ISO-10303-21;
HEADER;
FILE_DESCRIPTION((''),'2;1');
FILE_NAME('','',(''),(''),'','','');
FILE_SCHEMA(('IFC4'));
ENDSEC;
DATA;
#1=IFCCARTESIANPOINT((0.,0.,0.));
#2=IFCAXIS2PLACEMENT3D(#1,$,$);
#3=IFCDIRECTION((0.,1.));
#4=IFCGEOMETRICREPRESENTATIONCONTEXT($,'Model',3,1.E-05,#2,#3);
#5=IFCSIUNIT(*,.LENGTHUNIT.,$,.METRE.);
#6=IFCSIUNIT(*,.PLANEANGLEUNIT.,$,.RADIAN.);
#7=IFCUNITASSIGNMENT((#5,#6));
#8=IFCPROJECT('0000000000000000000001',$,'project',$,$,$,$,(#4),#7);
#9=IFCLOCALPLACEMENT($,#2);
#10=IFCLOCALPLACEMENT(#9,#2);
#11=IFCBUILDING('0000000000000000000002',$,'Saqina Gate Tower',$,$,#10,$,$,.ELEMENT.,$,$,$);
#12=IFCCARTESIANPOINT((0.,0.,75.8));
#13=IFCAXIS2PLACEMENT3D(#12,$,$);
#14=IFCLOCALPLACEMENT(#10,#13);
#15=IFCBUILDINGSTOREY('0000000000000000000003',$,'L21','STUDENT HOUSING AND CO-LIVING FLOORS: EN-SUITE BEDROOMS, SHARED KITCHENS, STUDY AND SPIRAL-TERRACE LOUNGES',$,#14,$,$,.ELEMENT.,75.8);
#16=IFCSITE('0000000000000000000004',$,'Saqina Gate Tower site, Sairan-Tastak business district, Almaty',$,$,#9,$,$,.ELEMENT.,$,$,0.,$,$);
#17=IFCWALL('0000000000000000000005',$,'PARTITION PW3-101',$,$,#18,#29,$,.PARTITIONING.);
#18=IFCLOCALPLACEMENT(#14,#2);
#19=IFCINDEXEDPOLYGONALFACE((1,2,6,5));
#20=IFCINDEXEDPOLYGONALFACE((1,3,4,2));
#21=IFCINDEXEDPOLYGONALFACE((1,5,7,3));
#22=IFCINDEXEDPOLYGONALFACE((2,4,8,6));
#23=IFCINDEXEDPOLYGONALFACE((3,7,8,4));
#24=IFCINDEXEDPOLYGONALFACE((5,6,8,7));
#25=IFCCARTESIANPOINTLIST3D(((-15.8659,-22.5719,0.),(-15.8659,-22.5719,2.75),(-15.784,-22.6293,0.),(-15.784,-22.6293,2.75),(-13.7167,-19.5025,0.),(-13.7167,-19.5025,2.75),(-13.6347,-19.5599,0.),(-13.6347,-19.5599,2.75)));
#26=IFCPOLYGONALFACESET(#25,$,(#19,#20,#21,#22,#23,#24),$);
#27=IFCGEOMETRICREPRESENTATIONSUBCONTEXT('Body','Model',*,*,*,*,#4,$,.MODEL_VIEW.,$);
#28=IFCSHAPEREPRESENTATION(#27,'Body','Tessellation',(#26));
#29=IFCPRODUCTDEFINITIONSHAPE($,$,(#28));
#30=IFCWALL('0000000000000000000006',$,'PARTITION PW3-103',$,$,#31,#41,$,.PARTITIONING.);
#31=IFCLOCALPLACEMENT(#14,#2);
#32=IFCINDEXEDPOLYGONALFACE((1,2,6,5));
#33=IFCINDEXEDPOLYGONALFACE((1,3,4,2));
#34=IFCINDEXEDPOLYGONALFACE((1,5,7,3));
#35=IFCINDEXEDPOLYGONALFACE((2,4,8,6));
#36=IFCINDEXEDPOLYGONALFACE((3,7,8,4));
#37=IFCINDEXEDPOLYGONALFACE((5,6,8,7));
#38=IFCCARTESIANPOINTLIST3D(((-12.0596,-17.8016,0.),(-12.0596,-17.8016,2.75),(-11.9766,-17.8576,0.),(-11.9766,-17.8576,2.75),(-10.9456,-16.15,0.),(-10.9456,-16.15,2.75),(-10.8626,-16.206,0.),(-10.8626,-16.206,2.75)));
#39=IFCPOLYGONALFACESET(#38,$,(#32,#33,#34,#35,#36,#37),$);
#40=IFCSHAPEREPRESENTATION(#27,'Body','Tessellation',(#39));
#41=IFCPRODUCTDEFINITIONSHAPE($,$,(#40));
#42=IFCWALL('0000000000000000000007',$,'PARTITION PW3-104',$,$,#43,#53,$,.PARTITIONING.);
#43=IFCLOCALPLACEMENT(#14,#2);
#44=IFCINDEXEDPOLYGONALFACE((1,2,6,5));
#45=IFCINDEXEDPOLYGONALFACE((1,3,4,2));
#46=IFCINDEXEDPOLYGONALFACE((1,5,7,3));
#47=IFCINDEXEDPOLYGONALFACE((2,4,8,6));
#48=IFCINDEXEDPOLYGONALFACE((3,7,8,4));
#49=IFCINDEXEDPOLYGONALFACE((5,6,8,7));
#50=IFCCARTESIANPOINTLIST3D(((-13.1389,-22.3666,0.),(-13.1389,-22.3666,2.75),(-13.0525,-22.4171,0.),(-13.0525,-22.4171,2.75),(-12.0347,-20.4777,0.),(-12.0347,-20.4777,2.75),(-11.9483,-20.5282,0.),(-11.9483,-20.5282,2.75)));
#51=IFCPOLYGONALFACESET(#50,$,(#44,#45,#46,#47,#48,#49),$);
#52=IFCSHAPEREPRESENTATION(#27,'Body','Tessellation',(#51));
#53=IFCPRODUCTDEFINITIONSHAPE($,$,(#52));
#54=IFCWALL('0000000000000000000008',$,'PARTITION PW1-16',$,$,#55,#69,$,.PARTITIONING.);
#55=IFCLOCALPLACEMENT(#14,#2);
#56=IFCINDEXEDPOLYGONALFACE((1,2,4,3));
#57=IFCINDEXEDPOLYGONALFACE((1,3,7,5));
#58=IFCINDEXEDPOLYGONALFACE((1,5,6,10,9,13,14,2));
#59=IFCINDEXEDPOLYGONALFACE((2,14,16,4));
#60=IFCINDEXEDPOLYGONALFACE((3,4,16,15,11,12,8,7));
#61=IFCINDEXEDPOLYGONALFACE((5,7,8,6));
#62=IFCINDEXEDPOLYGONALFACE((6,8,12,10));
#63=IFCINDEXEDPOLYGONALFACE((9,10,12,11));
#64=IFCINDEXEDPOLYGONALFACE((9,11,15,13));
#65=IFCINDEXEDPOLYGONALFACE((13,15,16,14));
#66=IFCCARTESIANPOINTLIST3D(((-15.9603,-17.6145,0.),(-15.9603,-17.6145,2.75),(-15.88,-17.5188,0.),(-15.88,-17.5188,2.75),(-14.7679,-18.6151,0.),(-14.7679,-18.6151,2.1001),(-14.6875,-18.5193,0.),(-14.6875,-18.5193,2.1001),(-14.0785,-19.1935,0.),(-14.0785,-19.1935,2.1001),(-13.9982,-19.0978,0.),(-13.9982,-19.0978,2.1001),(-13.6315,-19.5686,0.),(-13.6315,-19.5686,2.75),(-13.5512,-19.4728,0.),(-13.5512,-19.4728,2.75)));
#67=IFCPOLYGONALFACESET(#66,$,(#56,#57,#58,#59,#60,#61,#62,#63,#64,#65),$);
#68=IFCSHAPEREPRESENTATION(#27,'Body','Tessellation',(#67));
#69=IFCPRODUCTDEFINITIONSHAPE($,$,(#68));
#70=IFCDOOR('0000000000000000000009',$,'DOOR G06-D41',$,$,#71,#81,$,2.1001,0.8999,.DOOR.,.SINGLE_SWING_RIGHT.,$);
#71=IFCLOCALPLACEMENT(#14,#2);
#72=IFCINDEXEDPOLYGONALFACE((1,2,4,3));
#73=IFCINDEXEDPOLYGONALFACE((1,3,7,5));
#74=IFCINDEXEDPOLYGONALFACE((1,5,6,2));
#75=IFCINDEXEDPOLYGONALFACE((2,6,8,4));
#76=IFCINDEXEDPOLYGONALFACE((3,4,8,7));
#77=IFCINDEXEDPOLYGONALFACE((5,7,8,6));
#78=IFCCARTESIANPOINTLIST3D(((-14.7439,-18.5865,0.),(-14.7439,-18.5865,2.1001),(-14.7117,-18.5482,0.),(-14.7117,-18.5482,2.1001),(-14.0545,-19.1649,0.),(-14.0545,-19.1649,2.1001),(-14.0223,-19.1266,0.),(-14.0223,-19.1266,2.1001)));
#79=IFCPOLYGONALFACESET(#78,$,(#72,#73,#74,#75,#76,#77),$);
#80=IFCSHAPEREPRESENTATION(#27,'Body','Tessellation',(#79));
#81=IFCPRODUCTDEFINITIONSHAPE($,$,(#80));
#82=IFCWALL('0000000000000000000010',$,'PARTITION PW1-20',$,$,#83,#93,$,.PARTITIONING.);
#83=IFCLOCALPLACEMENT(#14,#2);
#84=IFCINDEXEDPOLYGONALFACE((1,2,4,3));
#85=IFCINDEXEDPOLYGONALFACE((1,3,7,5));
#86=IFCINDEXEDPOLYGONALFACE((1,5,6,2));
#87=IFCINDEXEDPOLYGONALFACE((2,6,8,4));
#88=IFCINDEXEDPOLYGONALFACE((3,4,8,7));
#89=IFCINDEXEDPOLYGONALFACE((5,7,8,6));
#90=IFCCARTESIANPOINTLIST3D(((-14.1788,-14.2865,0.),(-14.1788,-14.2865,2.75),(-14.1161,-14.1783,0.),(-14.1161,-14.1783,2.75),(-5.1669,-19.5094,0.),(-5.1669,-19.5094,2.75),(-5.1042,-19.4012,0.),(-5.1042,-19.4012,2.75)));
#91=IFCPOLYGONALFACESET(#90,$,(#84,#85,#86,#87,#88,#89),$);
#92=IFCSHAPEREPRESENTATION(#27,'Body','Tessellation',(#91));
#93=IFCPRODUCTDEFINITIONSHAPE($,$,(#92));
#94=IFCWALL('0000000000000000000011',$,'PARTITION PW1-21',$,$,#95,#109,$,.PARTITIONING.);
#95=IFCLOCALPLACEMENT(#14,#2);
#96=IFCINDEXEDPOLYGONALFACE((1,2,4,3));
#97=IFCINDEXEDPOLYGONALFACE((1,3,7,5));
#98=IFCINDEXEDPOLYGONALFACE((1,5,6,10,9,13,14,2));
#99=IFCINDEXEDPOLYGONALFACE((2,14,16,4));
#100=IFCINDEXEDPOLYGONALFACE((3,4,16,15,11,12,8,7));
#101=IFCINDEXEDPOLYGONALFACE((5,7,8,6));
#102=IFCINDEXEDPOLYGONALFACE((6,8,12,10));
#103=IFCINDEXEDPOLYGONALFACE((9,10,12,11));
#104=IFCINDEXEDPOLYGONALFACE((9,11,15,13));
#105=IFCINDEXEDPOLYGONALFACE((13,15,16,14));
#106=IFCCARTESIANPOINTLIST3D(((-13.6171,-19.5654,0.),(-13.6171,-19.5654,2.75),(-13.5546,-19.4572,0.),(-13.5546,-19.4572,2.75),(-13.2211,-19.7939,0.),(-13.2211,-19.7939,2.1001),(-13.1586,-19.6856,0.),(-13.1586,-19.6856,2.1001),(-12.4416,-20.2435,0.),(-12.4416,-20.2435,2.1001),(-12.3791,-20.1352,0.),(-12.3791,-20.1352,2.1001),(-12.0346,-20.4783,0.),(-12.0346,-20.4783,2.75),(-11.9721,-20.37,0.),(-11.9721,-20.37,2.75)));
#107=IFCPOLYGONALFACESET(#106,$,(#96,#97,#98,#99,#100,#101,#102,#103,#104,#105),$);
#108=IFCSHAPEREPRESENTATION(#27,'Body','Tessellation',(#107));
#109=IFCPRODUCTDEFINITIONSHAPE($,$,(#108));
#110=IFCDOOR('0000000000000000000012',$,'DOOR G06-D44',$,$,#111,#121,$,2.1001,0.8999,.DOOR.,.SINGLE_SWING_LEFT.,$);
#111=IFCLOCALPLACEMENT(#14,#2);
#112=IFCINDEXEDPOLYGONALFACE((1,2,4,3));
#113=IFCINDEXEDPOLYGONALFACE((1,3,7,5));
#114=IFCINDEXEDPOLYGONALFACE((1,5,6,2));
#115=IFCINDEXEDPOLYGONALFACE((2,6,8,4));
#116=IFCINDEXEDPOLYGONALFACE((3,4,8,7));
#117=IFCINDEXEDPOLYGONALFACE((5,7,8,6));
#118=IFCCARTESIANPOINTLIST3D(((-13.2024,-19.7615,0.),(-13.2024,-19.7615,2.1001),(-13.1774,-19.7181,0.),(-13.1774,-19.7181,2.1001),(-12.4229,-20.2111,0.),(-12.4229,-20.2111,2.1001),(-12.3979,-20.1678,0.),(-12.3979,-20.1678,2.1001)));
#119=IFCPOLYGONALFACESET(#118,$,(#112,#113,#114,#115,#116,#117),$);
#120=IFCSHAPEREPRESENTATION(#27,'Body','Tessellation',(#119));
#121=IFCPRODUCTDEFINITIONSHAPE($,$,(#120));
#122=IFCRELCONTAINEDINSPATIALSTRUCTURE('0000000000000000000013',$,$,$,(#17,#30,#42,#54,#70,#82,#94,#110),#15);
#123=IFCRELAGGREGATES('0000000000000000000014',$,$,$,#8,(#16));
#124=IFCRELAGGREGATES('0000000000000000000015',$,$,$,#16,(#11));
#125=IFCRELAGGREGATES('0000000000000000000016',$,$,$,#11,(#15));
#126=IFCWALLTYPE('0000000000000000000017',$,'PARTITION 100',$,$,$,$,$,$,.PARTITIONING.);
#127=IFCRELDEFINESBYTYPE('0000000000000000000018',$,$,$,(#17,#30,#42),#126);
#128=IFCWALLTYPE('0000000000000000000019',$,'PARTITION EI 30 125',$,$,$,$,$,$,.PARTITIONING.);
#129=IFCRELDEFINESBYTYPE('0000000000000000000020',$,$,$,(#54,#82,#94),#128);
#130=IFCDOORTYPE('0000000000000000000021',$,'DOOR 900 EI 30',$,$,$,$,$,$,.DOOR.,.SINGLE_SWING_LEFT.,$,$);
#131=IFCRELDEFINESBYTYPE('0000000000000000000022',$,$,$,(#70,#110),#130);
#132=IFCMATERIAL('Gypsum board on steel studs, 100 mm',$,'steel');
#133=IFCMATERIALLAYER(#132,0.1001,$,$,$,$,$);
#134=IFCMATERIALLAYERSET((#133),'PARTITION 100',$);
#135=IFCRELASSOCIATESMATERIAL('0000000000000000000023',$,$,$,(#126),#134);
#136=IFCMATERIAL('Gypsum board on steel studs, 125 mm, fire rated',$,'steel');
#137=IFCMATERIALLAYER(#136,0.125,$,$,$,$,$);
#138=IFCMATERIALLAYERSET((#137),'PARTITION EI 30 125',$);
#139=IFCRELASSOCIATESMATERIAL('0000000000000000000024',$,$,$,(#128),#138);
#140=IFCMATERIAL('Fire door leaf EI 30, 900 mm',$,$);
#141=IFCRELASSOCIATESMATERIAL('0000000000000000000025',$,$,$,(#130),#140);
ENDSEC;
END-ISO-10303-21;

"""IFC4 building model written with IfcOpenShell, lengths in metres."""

from ifc_helpers import new_model, si_unit, direction, frame, frame_2d, origin, place, context, subcontext, project, spatial, rectangle, extrude, material, layer, layer_set, type_object, element, fill, save


model = new_model("IFC4")

# Units and contexts
model_context = context("Model", 3, precision=1e-05, world=origin(), true_north=direction((0.0, 1.0)))
body_context = subcontext(model_context, "Body", "Model", "MODEL_VIEW")
ifc_project = project(units=[si_unit("LENGTHUNIT", "METRE"), si_unit("PLANEANGLEUNIT", "RADIAN")], contexts=[model_context])

# Site, building, storey
site_placement = place(None, origin())
site = spatial("IfcSite", under=ifc_project, at=site_placement, Name="Saqina Gate Tower site, Sairan-Tastak business district, Almaty", CompositionType="ELEMENT", RefElevation=0.0)
building_placement = place(site_placement, origin())
building = spatial("IfcBuilding", under=site, at=building_placement, Name="Saqina Gate Tower", CompositionType="ELEMENT")
storey_placement = place(building_placement, frame((0.0, 0.0, 75.8)))
storey = spatial("IfcBuildingStorey", under=building, at=storey_placement, Name="L21", Description="STUDENT HOUSING AND CO-LIVING FLOORS: EN-SUITE BEDROOMS, SHARED KITCHENS, STUDY AND SPIRAL-TERRACE LOUNGES", CompositionType="ELEMENT", Elevation=75.8)

# Shared definitions
ifc_material_1 = material(Name="Gypsum board on steel studs, 100 mm", Category="steel")
ifc_layer_1 = layer(ifc_material_1, 0.1001)
ifc_layer_set_1 = layer_set([ifc_layer_1], Name="PARTITION 100")
wall_type_1 = type_object("IfcWallType", Name="PARTITION 100", PredefinedType="PARTITIONING", material=ifc_layer_set_1)

# Walls
wall_1_placement = place(storey_placement, frame((-15.825, -22.6006, 0.0), z_axis=(0.0, 0.0, 1.0), x_axis=(0.573576, 0.819152, 0.0)))
element("IfcWall", 1, at=wall_1_placement, inside=storey, type_object=wall_type_1, Name="PARTITION PW3-101", PredefinedType="PARTITIONING", context=body_context, shape_type="SweptSolid", body=[
    extrude(rectangle(XDim=3.7471, YDim=0.1001, at=frame_2d((1.8735, 0.0))), origin(), (0.0, 0.0, 1.0), 2.75),
])
wall_2_placement = place(storey_placement, frame((-12.0181, -17.8296, 0.0), z_axis=(0.0, 0.0, 1.0), x_axis=(0.559189, 0.82904, 0.0)))
element("IfcWall", 2, at=wall_2_placement, inside=storey, type_object=wall_type_1, Name="PARTITION PW3-103", PredefinedType="PARTITIONING", context=body_context, shape_type="SweptSolid", body=[
    extrude(rectangle(XDim=1.9922, YDim=0.1001, at=frame_2d((0.9961, 0.0))), origin(), (0.0, 0.0, 1.0), 2.75),
])
wall_3_placement = place(storey_placement, frame((-13.0957, -22.3918, 0.0), z_axis=(0.0, 0.0, 1.0), x_axis=(0.504683, 0.863305, 0.0)))
element("IfcWall", 3, at=wall_3_placement, inside=storey, type_object=wall_type_1, Name="PARTITION PW3-104", PredefinedType="PARTITIONING", context=body_context, shape_type="SweptSolid", body=[
    extrude(rectangle(XDim=2.188, YDim=0.1001, at=frame_2d((1.094, 0.0))), origin(), (0.0, 0.0, 1.0), 2.75),
])

# Wall, opening, door
ifc_material_2 = material(Name="Gypsum board on steel studs, 125 mm, fire rated", Category="steel")
ifc_layer_2 = layer(ifc_material_2, 0.125)
ifc_layer_set_2 = layer_set([ifc_layer_2], Name="PARTITION EI 30 125")
wall_type_2 = type_object("IfcWallType", Name="PARTITION EI 30 125", PredefinedType="PARTITIONING", material=ifc_layer_set_2)
wall_4_placement = place(storey_placement, frame((-15.9202, -17.5667, 0.0), z_axis=(0.0, 0.0, 1.0), x_axis=(0.766051, -0.64278, 0.0)))
wall_4 = element("IfcWall", 4, at=wall_4_placement, inside=storey, type_object=wall_type_2, Name="PARTITION PW1-16", PredefinedType="PARTITIONING", context=body_context, shape_type="SweptSolid", body=[
    extrude(rectangle(XDim=3.04, YDim=0.125, at=frame_2d((1.52, 0.0))), origin(), (0.0, 0.0, 1.0), 2.75),
])
opening_1_placement = place(wall_4_placement, frame((1.5566, 0.0, 0.0)))
opening_1 = element("IfcOpeningElement", 5, at=opening_1_placement, cuts=wall_4, PredefinedType="OPENING", context=body_context, shape_type="SweptSolid", body=[
    extrude(rectangle(XDim=0.8999, YDim=2.1001, at=frame_2d((0.45, 1.05))), frame((0.0, 0.0745, 0.0), z_axis=(0.0, -1.0, 0.0), x_axis=(1.0, 0.0, 0.0)), (0.0, 0.0, 1.0), 0.1489),
])
ifc_material_3 = material(Name="Fire door leaf EI 30, 900 mm")
door_type_1 = type_object("IfcDoorType", Name="DOOR 900 EI 30", OperationType="SINGLE_SWING_LEFT", PredefinedType="DOOR", material=ifc_material_3)
door_1_placement = place(opening_1_placement, origin())
door_1 = element("IfcDoor", 6, at=door_1_placement, inside=storey, type_object=door_type_1, Name="DOOR G06-D41", OperationType="SINGLE_SWING_RIGHT", OverallHeight=2.1001, OverallWidth=0.8999, PredefinedType="DOOR", context=body_context, shape_type="SweptSolid", body=[
    extrude(rectangle(XDim=0.8999, YDim=2.1001, at=frame_2d((0.45, 1.05))), frame((0.0, 0.0249, 0.0), z_axis=(0.0, -1.0, 0.0), x_axis=(1.0, 0.0, 0.0)), (0.0, 0.0, 1.0), 0.05),
])
fill(opening_1, door_1)

# Wall
wall_5_placement = place(storey_placement, frame((-14.1475, -14.2324, 0.0), z_axis=(0.0, 0.0, 1.0), x_axis=(0.865199, -0.501428, 0.0)))
element("IfcWall", 7, at=wall_5_placement, inside=storey, type_object=wall_type_2, Name="PARTITION PW1-20", PredefinedType="PARTITIONING", context=body_context, shape_type="SweptSolid", body=[
    extrude(rectangle(XDim=10.416, YDim=0.125, at=frame_2d((5.208, 0.0))), origin(), (0.0, 0.0, 1.0), 2.75),
])

# Wall, opening, door
wall_6_placement = place(storey_placement, frame((-13.5859, -19.5112, 0.0), z_axis=(0.0, 0.0, 1.0), x_axis=(0.866221, -0.499661, 0.0)))
wall_6 = element("IfcWall", 8, at=wall_6_placement, inside=storey, type_object=wall_type_2, Name="PARTITION PW1-21", PredefinedType="PARTITIONING", context=body_context, shape_type="SweptSolid", body=[
    extrude(rectangle(XDim=1.8269, YDim=0.125, at=frame_2d((0.9136, 0.0))), origin(), (0.0, 0.0, 1.0), 2.75),
])
opening_2_placement = place(wall_6_placement, frame((0.4573, 0.0, 0.0)))
opening_2 = element("IfcOpeningElement", 9, at=opening_2_placement, cuts=wall_6, PredefinedType="OPENING", context=body_context, shape_type="SweptSolid", body=[
    extrude(rectangle(XDim=0.8999, YDim=2.1001, at=frame_2d((0.45, 1.05))), frame((0.0, 0.0745, 0.0), z_axis=(0.0, -1.0, 0.0), x_axis=(1.0, 0.0, 0.0)), (0.0, 0.0, 1.0), 0.1489),
])
door_2_placement = place(opening_2_placement, origin())
door_2 = element("IfcDoor", 10, at=door_2_placement, inside=storey, type_object=door_type_1, Name="DOOR G06-D44", OperationType="SINGLE_SWING_LEFT", OverallHeight=2.1001, OverallWidth=0.8999, PredefinedType="DOOR", context=body_context, shape_type="SweptSolid", body=[
    extrude(rectangle(XDim=0.8999, YDim=2.1001, at=frame_2d((0.45, 1.05))), frame((0.0, 0.0249, 0.0), z_axis=(0.0, -1.0, 0.0), x_axis=(1.0, 0.0, 0.0)), (0.0, 0.0, 1.0), 0.05),
])
fill(opening_2, door_2)

save(model, "model.ifc")
